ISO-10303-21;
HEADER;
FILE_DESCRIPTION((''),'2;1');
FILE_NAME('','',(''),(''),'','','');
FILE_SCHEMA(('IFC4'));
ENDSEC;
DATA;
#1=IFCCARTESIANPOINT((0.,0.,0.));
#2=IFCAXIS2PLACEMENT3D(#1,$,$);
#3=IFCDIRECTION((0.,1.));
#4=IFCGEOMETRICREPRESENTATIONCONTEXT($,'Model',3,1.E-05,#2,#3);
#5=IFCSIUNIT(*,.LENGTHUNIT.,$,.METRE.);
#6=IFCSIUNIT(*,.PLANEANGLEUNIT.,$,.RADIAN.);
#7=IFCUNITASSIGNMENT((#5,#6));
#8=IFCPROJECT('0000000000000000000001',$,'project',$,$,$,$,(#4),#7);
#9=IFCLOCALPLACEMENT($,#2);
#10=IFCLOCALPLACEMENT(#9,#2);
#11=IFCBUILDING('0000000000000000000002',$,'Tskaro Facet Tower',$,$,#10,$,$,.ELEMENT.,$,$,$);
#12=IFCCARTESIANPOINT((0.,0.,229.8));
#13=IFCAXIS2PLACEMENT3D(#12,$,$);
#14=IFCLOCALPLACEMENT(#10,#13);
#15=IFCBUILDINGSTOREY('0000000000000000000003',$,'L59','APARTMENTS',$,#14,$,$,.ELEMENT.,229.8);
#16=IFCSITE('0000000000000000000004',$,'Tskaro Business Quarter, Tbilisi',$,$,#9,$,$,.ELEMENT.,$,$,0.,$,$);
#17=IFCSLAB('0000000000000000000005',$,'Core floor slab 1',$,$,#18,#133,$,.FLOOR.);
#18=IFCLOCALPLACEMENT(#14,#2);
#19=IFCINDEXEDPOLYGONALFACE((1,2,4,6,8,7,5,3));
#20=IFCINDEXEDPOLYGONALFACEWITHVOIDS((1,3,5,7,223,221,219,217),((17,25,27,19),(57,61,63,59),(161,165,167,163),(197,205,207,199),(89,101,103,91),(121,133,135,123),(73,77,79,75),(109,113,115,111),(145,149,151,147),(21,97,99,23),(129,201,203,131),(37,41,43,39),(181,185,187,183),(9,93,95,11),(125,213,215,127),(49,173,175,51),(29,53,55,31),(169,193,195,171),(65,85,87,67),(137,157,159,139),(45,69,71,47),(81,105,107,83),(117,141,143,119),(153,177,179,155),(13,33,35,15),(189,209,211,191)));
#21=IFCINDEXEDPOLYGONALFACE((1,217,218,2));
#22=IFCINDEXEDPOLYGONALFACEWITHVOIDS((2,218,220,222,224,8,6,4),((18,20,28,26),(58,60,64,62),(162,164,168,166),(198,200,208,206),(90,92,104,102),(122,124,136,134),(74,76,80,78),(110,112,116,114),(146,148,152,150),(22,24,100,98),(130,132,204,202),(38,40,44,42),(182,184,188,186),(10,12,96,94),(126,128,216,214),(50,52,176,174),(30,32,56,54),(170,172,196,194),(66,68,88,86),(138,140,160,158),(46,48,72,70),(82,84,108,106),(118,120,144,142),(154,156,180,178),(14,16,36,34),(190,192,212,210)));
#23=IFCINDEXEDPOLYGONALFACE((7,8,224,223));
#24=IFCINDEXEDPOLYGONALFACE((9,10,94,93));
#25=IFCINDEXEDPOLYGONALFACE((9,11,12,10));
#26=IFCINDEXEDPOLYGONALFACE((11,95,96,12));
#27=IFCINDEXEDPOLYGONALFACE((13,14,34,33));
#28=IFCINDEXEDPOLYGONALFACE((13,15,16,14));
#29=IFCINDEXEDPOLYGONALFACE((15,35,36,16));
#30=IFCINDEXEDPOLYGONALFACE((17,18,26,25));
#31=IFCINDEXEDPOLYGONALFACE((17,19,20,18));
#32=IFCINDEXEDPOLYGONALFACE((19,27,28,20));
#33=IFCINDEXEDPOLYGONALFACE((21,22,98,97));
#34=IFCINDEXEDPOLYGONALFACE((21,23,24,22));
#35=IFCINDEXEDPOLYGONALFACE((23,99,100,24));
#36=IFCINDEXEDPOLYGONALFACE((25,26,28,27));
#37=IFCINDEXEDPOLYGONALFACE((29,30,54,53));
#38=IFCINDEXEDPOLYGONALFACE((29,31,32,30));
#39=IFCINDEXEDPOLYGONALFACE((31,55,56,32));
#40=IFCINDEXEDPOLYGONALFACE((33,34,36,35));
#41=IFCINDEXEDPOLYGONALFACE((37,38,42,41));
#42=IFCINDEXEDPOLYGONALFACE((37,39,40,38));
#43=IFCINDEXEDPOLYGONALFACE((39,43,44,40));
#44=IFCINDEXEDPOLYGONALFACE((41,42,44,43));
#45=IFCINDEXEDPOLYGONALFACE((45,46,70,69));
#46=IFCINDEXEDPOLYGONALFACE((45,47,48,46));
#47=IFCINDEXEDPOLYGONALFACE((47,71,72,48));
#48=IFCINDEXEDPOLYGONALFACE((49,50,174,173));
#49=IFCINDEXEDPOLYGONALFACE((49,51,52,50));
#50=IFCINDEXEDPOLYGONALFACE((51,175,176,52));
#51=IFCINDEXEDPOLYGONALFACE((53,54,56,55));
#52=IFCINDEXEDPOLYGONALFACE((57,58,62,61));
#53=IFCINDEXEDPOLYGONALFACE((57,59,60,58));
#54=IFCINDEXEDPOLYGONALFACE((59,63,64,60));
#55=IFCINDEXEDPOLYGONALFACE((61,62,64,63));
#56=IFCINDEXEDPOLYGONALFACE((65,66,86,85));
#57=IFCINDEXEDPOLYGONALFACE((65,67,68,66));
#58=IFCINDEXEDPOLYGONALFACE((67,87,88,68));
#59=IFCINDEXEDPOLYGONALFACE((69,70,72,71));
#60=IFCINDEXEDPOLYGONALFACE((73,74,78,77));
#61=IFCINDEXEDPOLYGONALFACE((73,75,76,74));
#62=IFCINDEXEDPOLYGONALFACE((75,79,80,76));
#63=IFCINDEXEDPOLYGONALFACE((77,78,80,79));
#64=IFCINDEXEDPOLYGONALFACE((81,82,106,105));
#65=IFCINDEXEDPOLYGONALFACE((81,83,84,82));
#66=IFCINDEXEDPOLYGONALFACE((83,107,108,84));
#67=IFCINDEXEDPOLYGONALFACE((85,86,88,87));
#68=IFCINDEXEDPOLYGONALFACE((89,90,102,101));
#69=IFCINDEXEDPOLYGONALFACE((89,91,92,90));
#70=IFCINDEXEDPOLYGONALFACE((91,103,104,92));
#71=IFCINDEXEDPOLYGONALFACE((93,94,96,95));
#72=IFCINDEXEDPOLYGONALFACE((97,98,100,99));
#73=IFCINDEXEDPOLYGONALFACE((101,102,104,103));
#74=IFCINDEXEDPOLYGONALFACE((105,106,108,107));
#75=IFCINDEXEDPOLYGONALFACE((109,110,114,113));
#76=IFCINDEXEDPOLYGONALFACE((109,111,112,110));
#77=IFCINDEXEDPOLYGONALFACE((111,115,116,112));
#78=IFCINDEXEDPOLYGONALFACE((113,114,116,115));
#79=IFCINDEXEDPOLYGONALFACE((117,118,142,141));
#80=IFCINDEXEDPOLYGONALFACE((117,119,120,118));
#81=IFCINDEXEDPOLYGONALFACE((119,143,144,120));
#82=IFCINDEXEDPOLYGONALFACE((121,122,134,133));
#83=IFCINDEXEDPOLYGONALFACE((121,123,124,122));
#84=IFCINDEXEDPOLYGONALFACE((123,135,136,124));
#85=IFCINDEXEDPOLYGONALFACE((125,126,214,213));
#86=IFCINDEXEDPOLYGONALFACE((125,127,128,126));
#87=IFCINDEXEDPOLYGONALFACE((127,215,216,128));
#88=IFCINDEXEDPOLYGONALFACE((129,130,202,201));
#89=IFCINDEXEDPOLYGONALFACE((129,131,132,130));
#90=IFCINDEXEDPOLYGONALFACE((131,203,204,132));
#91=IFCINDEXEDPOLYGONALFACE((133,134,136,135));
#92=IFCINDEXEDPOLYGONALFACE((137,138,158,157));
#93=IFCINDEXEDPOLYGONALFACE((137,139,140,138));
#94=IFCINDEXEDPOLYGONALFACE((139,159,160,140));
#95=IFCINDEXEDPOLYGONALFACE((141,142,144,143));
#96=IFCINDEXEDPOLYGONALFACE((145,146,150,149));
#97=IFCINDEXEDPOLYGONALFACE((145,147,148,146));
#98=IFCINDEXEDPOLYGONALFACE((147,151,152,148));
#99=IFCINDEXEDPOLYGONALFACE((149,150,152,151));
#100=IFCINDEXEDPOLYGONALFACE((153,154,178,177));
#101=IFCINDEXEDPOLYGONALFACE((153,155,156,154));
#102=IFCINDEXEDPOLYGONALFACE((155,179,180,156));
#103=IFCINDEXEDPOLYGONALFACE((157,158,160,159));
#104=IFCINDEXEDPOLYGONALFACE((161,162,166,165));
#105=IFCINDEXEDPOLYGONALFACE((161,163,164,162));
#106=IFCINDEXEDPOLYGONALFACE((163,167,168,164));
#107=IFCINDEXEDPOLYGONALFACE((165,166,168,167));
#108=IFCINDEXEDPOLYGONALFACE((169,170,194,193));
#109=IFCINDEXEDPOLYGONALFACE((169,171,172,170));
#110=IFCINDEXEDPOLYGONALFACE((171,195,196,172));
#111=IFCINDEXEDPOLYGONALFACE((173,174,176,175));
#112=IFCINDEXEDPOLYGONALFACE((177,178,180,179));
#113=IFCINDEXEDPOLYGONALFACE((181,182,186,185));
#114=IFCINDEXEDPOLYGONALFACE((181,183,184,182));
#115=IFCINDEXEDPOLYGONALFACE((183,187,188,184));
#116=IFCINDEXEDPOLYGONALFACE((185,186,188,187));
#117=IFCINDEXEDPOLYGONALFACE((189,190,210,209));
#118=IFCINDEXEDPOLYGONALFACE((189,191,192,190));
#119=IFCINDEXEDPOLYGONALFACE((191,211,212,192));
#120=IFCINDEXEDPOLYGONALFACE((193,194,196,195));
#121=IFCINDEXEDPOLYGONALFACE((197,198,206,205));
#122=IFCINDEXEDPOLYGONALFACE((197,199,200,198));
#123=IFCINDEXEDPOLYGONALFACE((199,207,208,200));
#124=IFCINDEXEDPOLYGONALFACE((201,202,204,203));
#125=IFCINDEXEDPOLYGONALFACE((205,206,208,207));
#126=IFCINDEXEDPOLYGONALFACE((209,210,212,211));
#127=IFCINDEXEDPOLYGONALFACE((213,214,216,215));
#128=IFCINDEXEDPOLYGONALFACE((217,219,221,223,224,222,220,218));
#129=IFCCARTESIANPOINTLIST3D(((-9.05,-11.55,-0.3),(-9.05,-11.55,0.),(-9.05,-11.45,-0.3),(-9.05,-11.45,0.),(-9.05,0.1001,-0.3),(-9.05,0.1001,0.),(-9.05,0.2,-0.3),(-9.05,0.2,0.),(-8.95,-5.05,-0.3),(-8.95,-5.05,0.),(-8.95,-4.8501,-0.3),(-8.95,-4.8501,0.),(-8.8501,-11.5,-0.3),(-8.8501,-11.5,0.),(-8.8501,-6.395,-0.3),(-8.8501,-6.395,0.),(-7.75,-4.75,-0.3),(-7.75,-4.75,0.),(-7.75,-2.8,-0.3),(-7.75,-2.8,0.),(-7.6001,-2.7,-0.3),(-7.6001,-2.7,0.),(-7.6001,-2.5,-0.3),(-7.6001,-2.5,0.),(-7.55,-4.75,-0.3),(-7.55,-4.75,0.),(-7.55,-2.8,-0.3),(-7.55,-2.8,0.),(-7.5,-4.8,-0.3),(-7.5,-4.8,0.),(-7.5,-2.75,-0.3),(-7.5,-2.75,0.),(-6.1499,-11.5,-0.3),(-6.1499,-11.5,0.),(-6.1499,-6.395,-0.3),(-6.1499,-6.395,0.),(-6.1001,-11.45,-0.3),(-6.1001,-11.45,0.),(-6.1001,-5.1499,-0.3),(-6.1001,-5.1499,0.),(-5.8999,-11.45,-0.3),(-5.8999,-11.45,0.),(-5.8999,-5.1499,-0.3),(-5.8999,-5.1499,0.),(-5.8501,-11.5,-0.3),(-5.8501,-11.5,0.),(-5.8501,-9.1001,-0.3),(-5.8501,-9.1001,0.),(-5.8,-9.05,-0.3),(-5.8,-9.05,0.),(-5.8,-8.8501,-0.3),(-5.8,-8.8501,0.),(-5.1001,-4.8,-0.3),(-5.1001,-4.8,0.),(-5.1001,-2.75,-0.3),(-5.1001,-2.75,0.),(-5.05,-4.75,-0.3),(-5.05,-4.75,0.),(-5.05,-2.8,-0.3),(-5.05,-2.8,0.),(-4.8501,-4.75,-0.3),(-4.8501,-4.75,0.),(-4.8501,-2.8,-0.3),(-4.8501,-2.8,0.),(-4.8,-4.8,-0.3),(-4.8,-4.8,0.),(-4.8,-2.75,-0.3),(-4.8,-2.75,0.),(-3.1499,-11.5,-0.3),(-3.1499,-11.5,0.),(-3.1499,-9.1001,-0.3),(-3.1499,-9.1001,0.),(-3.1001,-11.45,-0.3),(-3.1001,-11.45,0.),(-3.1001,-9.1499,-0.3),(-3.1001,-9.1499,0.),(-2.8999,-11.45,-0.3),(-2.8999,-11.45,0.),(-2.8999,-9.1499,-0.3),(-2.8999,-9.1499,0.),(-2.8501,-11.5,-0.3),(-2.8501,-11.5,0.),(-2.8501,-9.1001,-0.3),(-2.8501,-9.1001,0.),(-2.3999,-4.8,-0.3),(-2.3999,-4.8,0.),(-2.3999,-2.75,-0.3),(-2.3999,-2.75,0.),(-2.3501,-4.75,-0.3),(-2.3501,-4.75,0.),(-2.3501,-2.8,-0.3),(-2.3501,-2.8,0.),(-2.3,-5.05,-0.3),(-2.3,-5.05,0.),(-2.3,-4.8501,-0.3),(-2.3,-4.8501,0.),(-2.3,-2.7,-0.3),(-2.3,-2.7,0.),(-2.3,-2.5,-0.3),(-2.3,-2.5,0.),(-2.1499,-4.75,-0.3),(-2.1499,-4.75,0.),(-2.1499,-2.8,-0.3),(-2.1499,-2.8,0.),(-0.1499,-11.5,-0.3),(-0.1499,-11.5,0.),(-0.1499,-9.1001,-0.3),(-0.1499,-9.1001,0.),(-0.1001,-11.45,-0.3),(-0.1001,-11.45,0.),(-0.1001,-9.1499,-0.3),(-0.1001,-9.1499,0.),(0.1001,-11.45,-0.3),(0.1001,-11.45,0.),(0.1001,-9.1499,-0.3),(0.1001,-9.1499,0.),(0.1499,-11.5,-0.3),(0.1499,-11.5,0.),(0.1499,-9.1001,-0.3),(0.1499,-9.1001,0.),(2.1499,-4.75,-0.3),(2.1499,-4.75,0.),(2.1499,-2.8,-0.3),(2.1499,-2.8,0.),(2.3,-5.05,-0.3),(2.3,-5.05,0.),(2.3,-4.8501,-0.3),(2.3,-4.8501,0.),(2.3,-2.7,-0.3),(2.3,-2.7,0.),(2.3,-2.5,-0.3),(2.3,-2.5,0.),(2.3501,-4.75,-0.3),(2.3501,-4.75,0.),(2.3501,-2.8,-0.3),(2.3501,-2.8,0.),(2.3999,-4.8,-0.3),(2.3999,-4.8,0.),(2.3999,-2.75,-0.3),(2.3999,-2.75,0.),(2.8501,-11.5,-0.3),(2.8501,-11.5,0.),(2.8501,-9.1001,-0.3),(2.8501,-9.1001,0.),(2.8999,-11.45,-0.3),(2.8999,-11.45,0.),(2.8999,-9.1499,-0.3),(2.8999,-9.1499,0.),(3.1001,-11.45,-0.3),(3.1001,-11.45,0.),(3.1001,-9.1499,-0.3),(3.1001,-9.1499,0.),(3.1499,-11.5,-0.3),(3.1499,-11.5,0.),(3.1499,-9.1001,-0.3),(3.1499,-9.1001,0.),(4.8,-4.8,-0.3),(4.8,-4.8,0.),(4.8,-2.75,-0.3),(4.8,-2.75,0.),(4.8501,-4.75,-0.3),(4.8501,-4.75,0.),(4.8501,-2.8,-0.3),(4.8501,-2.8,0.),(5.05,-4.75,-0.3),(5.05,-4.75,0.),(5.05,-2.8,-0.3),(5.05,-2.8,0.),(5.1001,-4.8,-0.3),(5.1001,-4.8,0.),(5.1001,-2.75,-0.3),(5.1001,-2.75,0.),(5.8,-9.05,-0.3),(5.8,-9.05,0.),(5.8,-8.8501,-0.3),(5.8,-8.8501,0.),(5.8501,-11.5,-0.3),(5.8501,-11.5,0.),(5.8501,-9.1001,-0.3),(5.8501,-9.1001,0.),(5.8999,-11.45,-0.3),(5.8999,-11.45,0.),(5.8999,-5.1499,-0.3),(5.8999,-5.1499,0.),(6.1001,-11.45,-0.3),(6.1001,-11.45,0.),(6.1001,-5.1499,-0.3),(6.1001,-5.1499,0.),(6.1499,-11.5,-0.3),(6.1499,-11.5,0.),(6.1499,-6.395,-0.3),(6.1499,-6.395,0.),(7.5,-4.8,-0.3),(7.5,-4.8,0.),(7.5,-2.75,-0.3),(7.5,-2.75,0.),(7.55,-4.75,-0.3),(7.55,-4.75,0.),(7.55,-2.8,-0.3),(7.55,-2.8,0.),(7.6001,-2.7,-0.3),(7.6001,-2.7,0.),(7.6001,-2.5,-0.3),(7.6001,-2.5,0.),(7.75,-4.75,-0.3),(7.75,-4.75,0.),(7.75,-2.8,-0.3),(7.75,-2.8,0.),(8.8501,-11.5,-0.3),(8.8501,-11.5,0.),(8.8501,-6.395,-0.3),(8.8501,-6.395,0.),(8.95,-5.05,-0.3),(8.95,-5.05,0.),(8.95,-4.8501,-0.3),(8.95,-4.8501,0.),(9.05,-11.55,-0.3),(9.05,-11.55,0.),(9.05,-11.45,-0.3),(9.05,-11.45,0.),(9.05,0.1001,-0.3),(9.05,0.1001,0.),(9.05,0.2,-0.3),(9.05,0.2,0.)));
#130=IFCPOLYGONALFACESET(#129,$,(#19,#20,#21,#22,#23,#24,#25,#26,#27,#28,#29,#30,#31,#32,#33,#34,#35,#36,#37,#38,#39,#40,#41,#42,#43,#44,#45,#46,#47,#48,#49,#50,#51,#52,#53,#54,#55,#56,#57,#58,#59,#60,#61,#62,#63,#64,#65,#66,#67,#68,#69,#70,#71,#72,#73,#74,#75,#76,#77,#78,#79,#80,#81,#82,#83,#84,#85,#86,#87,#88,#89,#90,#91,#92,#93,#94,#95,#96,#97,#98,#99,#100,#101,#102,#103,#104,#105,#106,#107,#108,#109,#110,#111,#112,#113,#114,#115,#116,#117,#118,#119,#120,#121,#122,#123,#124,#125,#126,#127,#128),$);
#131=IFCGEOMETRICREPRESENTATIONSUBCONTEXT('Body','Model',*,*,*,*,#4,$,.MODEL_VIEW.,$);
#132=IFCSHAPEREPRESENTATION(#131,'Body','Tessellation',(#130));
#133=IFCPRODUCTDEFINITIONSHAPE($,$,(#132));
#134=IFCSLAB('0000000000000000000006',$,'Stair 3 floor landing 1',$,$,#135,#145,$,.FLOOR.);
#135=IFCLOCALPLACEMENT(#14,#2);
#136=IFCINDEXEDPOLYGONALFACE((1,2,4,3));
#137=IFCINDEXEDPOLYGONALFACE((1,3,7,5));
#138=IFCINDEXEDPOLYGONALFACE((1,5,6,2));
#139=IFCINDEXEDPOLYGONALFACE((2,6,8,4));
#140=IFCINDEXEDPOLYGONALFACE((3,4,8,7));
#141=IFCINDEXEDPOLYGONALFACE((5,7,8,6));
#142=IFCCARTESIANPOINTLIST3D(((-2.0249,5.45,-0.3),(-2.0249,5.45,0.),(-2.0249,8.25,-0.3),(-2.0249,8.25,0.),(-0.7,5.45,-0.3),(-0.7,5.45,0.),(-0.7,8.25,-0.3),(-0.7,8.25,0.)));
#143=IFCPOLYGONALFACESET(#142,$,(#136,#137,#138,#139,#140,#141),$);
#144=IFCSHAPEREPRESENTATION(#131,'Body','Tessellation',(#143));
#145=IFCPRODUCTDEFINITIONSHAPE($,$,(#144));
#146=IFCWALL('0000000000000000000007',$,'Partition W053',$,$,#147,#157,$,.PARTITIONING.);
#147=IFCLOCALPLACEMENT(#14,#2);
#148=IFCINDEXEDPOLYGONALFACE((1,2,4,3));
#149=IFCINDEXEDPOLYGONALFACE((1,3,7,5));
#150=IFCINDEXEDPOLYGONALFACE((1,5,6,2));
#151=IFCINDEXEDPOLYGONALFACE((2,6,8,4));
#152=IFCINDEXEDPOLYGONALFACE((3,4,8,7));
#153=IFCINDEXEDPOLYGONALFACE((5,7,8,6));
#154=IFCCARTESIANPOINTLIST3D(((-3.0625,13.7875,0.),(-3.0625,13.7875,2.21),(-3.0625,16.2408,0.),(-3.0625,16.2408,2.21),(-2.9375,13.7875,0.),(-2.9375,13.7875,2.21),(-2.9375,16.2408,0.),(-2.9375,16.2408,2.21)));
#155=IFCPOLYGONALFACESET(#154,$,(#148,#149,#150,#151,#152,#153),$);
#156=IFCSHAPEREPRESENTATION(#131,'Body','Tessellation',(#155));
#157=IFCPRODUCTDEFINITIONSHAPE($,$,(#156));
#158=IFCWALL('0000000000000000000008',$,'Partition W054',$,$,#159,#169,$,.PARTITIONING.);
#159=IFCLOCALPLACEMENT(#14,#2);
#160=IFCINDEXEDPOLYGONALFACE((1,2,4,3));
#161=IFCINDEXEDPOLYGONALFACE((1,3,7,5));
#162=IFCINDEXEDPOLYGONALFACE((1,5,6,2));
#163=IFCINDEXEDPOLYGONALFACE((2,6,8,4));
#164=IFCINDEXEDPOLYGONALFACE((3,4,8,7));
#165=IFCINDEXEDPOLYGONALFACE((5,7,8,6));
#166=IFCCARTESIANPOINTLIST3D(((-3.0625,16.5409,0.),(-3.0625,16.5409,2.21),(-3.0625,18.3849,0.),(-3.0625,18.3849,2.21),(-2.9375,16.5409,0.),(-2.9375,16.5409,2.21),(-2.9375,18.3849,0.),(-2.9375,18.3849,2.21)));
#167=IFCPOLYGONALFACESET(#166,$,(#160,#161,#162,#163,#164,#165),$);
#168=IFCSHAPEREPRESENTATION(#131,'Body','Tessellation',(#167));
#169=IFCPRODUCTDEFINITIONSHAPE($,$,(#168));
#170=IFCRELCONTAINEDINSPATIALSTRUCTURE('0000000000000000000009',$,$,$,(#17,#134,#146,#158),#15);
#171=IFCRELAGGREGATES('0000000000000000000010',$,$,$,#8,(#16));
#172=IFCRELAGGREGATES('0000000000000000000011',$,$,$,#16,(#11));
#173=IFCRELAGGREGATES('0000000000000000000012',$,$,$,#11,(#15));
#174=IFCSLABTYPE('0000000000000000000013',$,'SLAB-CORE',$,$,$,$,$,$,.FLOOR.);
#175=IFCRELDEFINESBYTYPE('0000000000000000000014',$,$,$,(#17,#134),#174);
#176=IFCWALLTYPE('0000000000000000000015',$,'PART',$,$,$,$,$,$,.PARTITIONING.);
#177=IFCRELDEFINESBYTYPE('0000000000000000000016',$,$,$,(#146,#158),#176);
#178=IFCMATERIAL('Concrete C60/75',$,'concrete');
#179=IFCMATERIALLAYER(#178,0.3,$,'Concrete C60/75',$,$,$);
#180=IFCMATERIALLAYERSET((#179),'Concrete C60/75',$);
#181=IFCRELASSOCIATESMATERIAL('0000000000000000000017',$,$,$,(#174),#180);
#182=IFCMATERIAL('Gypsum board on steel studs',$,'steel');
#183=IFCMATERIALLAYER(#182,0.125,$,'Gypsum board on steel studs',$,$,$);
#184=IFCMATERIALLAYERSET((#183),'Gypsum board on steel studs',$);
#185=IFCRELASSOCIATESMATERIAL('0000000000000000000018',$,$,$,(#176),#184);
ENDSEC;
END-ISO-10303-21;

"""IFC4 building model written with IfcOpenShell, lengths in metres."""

from ifc_helpers import new_model, si_unit, direction, frame, frame_2d, origin, place, context, subcontext, project, spatial, polyline, rectangle, outline, extrude, material, layer, layer_set, type_object, element, save


model = new_model("IFC4")

# Units and contexts
model_context = context("Model", 3, precision=1e-05, world=origin(), true_north=direction((0.0, 1.0)))
body_context = subcontext(model_context, "Body", "Model", "MODEL_VIEW")
ifc_project = project(units=[si_unit("LENGTHUNIT", "METRE"), si_unit("PLANEANGLEUNIT", "RADIAN")], contexts=[model_context])

# Site, building, storey
site_placement = place(None, origin())
site = spatial("IfcSite", under=ifc_project, at=site_placement, Name="Tskaro Business Quarter, Tbilisi", CompositionType="ELEMENT", RefElevation=0.0)
building_placement = place(site_placement, origin())
building = spatial("IfcBuilding", under=site, at=building_placement, Name="Tskaro Facet Tower", CompositionType="ELEMENT")
storey_placement = place(building_placement, frame((0.0, 0.0, 229.8)))
storey = spatial("IfcBuildingStorey", under=building, at=storey_placement, Name="L59", Description="APARTMENTS", CompositionType="ELEMENT", Elevation=229.8)

# Slabs
ifc_material_1 = material(Name="Concrete C60/75", Category="concrete")
ifc_layer_1 = layer(ifc_material_1, 0.3, Name="Concrete C60/75")
ifc_layer_set_1 = layer_set([ifc_layer_1], Name="Concrete C60/75")
slab_type_1 = type_object("IfcSlabType", Name="SLAB-CORE", PredefinedType="FLOOR", material=ifc_layer_set_1)
slab_1_placement = place(storey_placement, frame((0.0, 0.0, -0.3)))
element("IfcSlab", 1, at=slab_1_placement, inside=storey, type_object=slab_type_1, Name="Core floor slab 1", PredefinedType="FLOOR", context=body_context, shape_type="SweptSolid", body=[
    extrude(outline(polyline([(-9.05, 0.2), (9.05, 0.2), (9.05, 0.1001), (9.05, -11.45), (9.05, -11.55), (-9.05, -11.55), (-9.05, -11.45), (-9.05, 0.1001), (-9.05, 0.2)]), holes=[polyline([(-5.8501, -9.1001), (-5.8501, -11.5), (-3.1499, -11.5), (-3.1499, -9.1001), (-5.8501, -9.1001)]), polyline([(-3.1001, -11.45), (-2.8999, -11.45), (-2.8999, -9.1499), (-3.1001, -9.1499), (-3.1001, -11.45)]), polyline([(-2.8501, -9.1001), (-2.8501, -11.5), (-0.1499, -11.5), (-0.1499, -9.1001), (-2.8501, -9.1001)]), polyline([(-6.1001, -11.45), (-5.8999, -11.45), (-5.8999, -5.1499), (-6.1001, -5.1499), (-6.1001, -11.45)]), polyline([(-8.95, -5.05), (-2.3, -5.05), (-2.3, -4.8501), (-8.95, -4.8501), (-8.95, -5.05)]), polyline([(-7.75, -4.75), (-7.55, -4.75), (-7.55, -2.8), (-7.75, -2.8), (-7.75, -4.75)]), polyline([(-7.5, -2.75), (-7.5, -4.8), (-5.1001, -4.8), (-5.1001, -2.75), (-7.5, -2.75)]), polyline([(-5.05, -4.75), (-4.8501, -4.75), (-4.8501, -2.8), (-5.05, -2.8), (-5.05, -4.75)]), polyline([(-2.3999, -2.75), (-4.8, -2.75), (-4.8, -4.8), (-2.3999, -4.8), (-2.3999, -2.75)]), polyline([(-2.3501, -4.75), (-2.1499, -4.75), (-2.1499, -2.8), (-2.3501, -2.8), (-2.3501, -4.75)]), polyline([(-7.6001, -2.7), (-2.3, -2.7), (-2.3, -2.5), (-7.6001, -2.5), (-7.6001, -2.7)]), polyline([(-0.1001, -11.45), (0.1001, -11.45), (0.1001, -9.1499), (-0.1001, -9.1499), (-0.1001, -11.45)]), polyline([(0.1499, -9.1001), (0.1499, -11.5), (2.8501, -11.5), (2.8501, -9.1001), (0.1499, -9.1001)]), polyline([(2.8999, -11.45), (3.1001, -11.45), (3.1001, -9.1499), (2.8999, -9.1499), (2.8999, -11.45)]), polyline([(3.1499, -9.1001), (3.1499, -11.5), (5.8501, -11.5), (5.8501, -9.1001), (3.1499, -9.1001)]), polyline([(-5.8, -9.05), (5.8, -9.05), (5.8, -8.8501), (-5.8, -8.8501), (-5.8, -9.05)]), polyline([(5.8999, -11.45), (6.1001, -11.45), (6.1001, -5.1499), (5.8999, -5.1499), (5.8999, -11.45)]), polyline([(2.3, -5.05), (8.95, -5.05), (8.95, -4.8501), (2.3, -4.8501), (2.3, -5.05)]), polyline([(2.1499, -4.75), (2.3501, -4.75), (2.3501, -2.8), (2.1499, -2.8), (2.1499, -4.75)]), polyline([(2.3999, -4.8), (4.8, -4.8), (4.8, -2.75), (2.3999, -2.75), (2.3999, -4.8)]), polyline([(4.8501, -4.75), (5.05, -4.75), (5.05, -2.8), (4.8501, -2.8), (4.8501, -4.75)]), polyline([(5.1001, -4.8), (7.5, -4.8), (7.5, -2.75), (5.1001, -2.75), (5.1001, -4.8)]), polyline([(7.55, -4.75), (7.75, -4.75), (7.75, -2.8), (7.55, -2.8), (7.55, -4.75)]), polyline([(2.3, -2.7), (7.6001, -2.7), (7.6001, -2.5), (2.3, -2.5), (2.3, -2.7)]), polyline([(-8.8501, -11.5), (-6.1499, -11.5), (-6.1499, -6.395), (-8.8501, -6.395), (-8.8501, -11.5)]), polyline([(6.1499, -6.395), (6.1499, -11.5), (8.8501, -11.5), (8.8501, -6.395), (6.1499, -6.395)])]), origin(), (0.0, 0.0, 1.0), 0.3),
])
slab_2_placement = place(storey_placement, frame((0.0, 0.0, -0.3)))
element("IfcSlab", 2, at=slab_2_placement, inside=storey, type_object=slab_type_1, Name="Stair 3 floor landing 1", PredefinedType="FLOOR", context=body_context, shape_type="SweptSolid", body=[
    extrude(outline(polyline([(-2.0249, 5.45), (-0.7, 5.45), (-0.7, 8.25), (-2.0249, 8.25), (-2.0249, 5.45)])), origin(), (0.0, 0.0, 1.0), 0.3),
])

# Walls
ifc_material_2 = material(Name="Gypsum board on steel studs", Category="steel")
ifc_layer_2 = layer(ifc_material_2, 0.125, Name="Gypsum board on steel studs")
ifc_layer_set_2 = layer_set([ifc_layer_2], Name="Gypsum board on steel studs")
wall_type_1 = type_object("IfcWallType", Name="PART", PredefinedType="PARTITIONING", material=ifc_layer_set_2)
wall_1_placement = place(storey_placement, frame((-3.0, 13.7876, 0.0), z_axis=(0.0, 0.0, 1.0), x_axis=(0.0, 1.0, 0.0)))
element("IfcWall", 3, at=wall_1_placement, inside=storey, type_object=wall_type_1, Name="Partition W053", PredefinedType="PARTITIONING", context=body_context, shape_type="SweptSolid", body=[
    extrude(rectangle(XDim=2.4534, YDim=0.125, at=frame_2d((1.2266, 0.0))), origin(), (0.0, 0.0, 1.0), 2.21),
])
wall_2_placement = place(storey_placement, frame((-3.0, 16.541, 0.0), z_axis=(0.0, 0.0, 1.0), x_axis=(0.0, 1.0, 0.0)))
element("IfcWall", 4, at=wall_2_placement, inside=storey, type_object=wall_type_1, Name="Partition W054", PredefinedType="PARTITIONING", context=body_context, shape_type="SweptSolid", body=[
    extrude(rectangle(XDim=1.844, YDim=0.125, at=frame_2d((0.9219, 0.0))), origin(), (0.0, 0.0, 1.0), 2.21),
])

save(model, "model.ifc")
